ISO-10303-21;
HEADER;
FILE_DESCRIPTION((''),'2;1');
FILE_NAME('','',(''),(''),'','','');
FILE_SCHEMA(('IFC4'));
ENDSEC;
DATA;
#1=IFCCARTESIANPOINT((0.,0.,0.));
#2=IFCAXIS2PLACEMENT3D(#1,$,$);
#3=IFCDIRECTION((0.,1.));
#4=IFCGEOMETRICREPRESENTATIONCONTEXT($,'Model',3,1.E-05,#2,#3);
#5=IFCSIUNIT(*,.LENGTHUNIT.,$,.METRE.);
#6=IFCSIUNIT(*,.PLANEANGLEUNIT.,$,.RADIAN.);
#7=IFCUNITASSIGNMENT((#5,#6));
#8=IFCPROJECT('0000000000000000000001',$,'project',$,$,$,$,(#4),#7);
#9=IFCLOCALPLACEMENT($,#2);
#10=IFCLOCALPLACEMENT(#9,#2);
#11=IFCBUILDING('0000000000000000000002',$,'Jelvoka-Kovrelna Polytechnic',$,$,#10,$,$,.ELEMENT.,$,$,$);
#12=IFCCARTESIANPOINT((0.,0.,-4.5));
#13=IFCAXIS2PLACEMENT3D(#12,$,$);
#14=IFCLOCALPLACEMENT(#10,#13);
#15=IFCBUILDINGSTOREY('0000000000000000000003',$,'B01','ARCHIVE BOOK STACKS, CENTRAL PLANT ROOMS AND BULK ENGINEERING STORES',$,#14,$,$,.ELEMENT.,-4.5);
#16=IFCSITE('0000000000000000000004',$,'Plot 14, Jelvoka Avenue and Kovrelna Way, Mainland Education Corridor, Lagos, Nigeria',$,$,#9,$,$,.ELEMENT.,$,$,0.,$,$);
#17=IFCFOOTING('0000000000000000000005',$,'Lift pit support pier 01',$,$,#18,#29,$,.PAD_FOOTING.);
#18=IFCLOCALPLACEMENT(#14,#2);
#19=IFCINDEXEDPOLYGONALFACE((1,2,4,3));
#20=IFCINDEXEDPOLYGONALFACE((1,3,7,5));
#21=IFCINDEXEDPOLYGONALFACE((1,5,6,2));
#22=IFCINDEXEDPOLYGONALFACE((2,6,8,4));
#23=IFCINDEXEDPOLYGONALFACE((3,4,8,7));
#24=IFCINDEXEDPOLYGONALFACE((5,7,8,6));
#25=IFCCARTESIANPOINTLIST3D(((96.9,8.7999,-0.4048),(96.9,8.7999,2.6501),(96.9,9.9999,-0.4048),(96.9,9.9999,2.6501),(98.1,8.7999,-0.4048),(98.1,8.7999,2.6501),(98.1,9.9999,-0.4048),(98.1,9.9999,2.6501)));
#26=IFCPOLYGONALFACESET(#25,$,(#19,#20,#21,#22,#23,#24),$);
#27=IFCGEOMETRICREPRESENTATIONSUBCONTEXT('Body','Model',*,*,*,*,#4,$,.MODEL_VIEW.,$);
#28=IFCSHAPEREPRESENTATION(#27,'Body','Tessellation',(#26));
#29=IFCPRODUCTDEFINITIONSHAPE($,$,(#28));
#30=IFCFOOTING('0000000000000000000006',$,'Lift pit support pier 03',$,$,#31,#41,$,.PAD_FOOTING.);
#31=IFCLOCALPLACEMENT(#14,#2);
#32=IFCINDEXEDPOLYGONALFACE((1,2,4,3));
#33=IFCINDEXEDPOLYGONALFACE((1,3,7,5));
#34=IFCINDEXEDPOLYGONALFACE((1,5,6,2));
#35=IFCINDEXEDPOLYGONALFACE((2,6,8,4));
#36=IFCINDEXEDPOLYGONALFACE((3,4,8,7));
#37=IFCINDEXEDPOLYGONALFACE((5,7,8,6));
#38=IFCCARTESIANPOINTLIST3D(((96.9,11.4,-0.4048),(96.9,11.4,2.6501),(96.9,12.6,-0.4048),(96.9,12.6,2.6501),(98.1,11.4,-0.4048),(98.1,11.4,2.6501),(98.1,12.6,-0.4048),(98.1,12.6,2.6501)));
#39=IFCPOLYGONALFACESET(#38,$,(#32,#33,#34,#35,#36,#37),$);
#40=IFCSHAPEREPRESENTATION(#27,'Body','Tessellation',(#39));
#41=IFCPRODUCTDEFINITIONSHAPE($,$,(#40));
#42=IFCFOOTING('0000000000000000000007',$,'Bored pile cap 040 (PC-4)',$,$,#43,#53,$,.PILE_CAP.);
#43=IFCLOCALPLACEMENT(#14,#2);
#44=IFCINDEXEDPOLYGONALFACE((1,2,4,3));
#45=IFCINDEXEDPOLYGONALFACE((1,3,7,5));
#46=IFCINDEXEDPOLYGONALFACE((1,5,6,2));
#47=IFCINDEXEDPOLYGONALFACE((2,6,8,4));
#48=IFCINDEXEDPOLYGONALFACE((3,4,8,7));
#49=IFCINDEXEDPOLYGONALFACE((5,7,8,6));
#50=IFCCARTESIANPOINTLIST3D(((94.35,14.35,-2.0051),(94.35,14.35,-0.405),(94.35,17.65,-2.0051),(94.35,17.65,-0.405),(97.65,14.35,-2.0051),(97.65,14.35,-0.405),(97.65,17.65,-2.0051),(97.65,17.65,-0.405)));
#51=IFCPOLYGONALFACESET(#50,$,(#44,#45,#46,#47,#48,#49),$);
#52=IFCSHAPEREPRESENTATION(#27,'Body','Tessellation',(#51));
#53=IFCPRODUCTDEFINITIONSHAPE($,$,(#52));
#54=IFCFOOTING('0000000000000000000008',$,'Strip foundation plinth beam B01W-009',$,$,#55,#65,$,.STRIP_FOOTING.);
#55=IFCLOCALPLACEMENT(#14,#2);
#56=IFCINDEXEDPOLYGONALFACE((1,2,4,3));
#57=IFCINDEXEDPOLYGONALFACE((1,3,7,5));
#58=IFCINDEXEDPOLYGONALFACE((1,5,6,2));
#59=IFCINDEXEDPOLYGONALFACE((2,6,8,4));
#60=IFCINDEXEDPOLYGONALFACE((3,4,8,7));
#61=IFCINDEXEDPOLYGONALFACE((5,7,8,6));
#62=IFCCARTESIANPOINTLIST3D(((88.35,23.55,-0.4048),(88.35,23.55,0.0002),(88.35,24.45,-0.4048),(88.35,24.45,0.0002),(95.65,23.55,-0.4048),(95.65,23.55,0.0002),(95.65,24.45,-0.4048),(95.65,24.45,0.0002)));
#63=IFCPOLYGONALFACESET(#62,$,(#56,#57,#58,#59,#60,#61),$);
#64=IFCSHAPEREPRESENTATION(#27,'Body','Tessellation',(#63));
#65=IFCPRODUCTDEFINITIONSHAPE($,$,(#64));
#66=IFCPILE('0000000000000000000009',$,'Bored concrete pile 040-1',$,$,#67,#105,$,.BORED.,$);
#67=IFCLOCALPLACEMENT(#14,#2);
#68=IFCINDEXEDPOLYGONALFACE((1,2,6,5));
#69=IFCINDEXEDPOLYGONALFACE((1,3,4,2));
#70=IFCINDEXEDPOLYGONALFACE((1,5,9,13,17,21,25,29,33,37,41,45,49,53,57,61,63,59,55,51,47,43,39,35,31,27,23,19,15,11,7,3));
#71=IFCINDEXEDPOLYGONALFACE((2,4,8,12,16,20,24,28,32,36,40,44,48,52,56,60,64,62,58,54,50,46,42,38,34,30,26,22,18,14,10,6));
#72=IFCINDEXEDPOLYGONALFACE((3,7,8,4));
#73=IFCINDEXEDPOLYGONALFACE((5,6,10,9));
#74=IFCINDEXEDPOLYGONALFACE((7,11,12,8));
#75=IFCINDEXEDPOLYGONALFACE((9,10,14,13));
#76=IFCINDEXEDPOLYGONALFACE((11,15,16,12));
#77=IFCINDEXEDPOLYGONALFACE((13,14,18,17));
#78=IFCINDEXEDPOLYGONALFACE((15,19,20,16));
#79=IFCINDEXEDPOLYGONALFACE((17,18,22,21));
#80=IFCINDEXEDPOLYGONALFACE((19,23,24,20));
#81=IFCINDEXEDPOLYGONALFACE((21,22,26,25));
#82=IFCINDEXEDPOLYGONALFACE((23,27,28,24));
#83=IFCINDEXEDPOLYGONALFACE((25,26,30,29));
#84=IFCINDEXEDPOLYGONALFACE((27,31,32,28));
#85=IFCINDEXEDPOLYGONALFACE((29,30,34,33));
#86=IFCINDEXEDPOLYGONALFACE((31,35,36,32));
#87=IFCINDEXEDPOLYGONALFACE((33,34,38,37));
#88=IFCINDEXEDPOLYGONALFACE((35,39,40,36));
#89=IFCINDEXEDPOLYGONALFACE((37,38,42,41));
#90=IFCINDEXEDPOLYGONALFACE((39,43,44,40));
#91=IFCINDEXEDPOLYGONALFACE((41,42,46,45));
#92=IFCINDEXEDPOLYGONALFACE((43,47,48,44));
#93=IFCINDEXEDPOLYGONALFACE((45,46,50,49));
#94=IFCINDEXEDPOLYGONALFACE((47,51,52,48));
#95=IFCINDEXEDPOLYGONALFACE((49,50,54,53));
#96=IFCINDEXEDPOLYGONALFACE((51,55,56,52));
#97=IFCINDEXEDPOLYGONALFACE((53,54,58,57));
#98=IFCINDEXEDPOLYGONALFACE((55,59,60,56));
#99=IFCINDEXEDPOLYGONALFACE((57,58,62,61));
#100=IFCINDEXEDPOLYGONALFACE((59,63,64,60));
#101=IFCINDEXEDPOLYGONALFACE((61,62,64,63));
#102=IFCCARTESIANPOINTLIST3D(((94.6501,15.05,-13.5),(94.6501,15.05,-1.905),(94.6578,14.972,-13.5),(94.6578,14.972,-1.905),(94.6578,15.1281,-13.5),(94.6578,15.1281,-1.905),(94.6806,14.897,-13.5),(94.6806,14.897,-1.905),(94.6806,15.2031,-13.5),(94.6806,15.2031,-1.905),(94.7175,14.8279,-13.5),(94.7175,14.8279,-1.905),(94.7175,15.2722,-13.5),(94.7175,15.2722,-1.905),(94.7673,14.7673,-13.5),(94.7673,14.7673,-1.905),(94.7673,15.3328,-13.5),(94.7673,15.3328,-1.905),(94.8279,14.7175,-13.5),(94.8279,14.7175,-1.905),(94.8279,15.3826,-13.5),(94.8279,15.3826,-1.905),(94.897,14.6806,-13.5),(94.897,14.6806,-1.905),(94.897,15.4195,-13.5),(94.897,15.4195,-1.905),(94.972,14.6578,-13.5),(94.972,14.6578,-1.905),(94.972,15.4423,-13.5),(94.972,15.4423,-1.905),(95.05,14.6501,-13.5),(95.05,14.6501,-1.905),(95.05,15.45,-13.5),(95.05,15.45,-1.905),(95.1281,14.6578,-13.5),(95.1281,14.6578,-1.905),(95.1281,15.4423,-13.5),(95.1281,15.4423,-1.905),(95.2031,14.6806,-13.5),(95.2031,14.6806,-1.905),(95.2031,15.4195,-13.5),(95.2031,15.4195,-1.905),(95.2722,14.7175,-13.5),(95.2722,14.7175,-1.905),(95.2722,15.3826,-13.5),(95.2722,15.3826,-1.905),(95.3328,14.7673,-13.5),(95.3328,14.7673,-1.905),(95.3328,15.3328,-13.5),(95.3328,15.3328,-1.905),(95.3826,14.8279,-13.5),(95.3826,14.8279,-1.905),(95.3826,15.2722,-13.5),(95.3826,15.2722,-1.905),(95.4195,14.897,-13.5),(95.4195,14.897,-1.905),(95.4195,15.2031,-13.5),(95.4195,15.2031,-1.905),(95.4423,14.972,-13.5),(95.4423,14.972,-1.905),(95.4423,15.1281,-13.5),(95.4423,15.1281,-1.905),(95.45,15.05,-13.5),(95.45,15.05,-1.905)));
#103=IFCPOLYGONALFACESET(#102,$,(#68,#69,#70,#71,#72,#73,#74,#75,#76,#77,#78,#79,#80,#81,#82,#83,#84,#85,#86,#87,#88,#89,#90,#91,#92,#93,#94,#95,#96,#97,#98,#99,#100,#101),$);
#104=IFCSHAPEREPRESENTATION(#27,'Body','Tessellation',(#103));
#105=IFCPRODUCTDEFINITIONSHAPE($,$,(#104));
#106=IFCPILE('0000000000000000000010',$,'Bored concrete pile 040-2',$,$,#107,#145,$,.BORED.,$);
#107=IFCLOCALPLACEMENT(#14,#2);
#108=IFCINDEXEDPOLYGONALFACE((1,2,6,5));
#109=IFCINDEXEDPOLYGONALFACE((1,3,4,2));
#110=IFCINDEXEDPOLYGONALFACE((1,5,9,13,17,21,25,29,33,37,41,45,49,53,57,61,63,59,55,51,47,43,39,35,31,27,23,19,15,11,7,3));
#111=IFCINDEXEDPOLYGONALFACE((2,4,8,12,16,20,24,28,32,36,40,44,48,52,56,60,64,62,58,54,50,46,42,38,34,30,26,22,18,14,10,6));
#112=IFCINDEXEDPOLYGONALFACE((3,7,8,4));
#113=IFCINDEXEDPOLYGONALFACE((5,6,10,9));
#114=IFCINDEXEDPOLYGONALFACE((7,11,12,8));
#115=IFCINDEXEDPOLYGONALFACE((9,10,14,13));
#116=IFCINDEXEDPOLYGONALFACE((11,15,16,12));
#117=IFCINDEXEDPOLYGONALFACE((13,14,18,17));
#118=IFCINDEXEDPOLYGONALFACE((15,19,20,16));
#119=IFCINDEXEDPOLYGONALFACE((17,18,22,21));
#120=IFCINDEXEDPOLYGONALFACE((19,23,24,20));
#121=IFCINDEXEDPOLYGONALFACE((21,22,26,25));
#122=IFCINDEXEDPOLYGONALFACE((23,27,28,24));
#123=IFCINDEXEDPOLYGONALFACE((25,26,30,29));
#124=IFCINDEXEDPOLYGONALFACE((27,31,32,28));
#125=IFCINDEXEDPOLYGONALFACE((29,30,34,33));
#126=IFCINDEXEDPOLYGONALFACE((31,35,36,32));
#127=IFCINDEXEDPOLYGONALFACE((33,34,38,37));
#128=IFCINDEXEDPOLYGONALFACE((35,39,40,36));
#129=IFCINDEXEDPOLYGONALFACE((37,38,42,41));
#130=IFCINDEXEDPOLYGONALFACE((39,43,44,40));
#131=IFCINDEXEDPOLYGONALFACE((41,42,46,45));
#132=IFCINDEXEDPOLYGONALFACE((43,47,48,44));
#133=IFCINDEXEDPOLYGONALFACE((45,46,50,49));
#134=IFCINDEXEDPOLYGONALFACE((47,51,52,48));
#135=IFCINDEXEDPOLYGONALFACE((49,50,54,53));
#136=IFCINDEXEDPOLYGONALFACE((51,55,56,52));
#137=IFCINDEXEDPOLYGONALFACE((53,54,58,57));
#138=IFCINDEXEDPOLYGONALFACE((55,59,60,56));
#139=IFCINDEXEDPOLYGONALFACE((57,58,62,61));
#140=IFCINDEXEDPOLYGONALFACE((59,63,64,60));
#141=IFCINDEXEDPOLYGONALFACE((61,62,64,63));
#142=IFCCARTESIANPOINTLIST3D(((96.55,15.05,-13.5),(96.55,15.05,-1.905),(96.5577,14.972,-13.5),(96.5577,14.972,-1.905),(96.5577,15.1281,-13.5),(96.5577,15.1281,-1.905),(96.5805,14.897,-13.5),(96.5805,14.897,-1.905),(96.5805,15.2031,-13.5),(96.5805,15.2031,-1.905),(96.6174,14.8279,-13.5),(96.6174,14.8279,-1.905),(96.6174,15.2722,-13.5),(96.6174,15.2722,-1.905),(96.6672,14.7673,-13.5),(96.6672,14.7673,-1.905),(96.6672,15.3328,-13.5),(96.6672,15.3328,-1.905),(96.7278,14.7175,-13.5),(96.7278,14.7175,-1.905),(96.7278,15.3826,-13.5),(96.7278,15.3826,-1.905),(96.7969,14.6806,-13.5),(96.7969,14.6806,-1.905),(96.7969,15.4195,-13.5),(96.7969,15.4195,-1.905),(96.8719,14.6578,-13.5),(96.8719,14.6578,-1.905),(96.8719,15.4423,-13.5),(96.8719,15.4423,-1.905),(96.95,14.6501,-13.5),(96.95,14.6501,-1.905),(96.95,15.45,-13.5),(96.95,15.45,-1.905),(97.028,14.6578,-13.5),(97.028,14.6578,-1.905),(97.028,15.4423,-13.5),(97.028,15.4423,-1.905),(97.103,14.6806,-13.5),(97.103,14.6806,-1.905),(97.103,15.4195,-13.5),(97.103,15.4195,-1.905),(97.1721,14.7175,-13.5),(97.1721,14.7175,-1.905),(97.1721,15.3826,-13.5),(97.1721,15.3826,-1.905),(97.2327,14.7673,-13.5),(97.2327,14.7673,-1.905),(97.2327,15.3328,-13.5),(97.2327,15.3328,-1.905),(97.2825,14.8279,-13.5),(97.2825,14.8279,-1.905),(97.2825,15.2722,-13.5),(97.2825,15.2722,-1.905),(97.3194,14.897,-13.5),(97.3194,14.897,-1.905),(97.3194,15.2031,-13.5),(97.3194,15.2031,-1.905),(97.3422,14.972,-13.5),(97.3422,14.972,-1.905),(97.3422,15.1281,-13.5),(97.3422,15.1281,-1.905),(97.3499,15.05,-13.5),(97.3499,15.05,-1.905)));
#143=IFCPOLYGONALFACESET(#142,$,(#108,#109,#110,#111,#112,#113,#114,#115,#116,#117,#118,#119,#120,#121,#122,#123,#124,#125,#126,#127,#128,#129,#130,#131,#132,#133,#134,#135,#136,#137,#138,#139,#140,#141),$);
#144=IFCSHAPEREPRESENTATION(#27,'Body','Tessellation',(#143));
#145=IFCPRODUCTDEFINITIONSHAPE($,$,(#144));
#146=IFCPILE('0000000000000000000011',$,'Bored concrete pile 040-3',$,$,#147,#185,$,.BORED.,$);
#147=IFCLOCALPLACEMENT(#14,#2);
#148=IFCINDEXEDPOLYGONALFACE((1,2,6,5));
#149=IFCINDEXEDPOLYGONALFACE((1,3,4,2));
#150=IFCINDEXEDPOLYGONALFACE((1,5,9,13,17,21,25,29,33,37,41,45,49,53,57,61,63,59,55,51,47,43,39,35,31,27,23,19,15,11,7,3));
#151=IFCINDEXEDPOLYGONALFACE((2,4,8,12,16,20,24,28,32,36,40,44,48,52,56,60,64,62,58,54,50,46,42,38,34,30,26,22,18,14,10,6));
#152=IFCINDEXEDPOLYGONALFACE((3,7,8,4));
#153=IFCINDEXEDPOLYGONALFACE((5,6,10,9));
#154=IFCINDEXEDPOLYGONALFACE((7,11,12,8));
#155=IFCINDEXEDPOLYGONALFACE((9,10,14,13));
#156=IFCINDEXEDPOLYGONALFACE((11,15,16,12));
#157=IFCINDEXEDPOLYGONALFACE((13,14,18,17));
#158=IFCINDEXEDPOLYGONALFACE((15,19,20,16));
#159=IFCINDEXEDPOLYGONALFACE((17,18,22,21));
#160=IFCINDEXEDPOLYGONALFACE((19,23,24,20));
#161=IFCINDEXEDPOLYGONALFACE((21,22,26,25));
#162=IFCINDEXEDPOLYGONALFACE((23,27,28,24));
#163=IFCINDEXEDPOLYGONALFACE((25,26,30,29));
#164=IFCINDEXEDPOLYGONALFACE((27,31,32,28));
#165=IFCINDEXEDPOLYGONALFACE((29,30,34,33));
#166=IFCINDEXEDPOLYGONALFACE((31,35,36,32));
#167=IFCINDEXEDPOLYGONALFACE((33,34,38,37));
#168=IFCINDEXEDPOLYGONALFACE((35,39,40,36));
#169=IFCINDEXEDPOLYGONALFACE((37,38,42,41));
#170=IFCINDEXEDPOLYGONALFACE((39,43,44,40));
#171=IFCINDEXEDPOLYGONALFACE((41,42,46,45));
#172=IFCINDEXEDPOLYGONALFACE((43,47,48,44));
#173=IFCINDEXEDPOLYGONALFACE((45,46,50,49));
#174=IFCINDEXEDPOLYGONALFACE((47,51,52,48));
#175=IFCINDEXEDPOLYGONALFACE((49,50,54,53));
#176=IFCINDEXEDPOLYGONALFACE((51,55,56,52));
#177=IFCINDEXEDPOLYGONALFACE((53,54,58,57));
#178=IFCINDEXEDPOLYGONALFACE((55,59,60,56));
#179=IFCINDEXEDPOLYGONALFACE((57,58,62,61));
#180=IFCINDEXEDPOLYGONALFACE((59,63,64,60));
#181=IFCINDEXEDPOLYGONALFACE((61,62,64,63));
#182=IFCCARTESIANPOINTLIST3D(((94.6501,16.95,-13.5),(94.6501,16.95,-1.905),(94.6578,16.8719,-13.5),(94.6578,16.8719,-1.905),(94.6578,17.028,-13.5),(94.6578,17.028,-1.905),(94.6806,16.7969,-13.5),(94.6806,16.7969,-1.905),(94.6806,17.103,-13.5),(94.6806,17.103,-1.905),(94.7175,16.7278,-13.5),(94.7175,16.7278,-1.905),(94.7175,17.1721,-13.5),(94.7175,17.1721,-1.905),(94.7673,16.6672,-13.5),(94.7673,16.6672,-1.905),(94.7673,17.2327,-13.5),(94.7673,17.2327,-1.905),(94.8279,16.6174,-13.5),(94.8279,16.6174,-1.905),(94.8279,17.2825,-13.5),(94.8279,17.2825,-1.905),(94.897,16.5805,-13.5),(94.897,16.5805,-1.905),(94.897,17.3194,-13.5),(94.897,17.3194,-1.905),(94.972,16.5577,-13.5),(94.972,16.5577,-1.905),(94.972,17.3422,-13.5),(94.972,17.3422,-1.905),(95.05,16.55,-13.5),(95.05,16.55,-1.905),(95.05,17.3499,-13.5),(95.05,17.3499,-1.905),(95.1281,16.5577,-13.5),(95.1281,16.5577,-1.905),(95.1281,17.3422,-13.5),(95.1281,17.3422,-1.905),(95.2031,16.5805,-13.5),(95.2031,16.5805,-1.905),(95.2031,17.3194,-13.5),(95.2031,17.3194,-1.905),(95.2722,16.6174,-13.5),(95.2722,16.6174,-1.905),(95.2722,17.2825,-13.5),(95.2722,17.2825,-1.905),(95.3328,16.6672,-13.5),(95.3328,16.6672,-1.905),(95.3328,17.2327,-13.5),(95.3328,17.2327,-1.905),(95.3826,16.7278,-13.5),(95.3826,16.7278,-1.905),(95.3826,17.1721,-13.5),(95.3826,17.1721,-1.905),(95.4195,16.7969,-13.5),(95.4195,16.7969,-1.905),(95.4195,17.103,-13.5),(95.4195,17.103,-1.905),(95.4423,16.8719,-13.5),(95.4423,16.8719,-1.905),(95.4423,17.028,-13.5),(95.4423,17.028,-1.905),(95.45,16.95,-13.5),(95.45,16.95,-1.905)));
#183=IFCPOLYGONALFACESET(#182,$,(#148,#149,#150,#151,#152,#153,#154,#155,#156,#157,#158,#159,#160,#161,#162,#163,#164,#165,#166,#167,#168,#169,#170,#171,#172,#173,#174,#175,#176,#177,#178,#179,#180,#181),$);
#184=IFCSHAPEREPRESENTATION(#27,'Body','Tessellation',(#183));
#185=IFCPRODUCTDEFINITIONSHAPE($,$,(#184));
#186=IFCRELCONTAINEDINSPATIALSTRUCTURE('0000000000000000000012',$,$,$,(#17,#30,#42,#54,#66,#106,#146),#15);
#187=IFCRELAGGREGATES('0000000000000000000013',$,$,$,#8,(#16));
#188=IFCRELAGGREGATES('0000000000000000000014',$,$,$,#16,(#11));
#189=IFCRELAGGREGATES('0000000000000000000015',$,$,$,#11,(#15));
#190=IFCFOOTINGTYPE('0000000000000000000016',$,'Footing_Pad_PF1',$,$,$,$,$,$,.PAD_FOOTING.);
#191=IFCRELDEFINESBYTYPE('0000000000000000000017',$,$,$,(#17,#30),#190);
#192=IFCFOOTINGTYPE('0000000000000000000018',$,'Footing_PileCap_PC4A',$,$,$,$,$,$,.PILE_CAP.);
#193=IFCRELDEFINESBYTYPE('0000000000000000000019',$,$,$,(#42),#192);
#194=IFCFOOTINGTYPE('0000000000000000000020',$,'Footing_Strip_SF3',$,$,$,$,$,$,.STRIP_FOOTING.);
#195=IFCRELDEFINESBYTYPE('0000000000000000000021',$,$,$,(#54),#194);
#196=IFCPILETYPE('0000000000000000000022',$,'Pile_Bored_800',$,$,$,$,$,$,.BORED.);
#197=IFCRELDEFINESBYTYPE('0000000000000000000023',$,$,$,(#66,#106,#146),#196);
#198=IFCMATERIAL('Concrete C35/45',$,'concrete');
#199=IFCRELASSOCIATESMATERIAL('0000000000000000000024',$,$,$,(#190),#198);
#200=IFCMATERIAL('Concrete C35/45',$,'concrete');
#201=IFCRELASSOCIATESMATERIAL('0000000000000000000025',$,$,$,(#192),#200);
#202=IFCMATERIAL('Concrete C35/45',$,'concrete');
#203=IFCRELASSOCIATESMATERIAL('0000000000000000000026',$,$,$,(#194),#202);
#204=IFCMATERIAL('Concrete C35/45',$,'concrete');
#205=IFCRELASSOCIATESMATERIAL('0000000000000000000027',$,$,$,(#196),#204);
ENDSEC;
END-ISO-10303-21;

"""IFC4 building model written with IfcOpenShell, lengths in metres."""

from ifc_helpers import new_model, si_unit, direction, frame, origin, origin_2d, place, context, subcontext, project, spatial, rectangle, circle, extrude, material, material_profile, profile_set, type_object, element, save


model = new_model("IFC4")

# Units and contexts
model_context = context("Model", 3, precision=1e-05, world=origin(), true_north=direction((0.0, 1.0)))
body_context = subcontext(model_context, "Body", "Model", "MODEL_VIEW")
ifc_project = project(units=[si_unit("LENGTHUNIT", "METRE"), si_unit("PLANEANGLEUNIT", "RADIAN")], contexts=[model_context])

# Site, building, storey
site_placement = place(None, origin())
site = spatial("IfcSite", under=ifc_project, at=site_placement, Name="Plot 14, Jelvoka Avenue and Kovrelna Way, Mainland Education Corridor, Lagos, Nigeria", CompositionType="ELEMENT", RefElevation=0.0)
building_placement = place(site_placement, origin())
building = spatial("IfcBuilding", under=site, at=building_placement, Name="Jelvoka-Kovrelna Polytechnic", CompositionType="ELEMENT")
storey_placement = place(building_placement, frame((0.0, 0.0, -4.5)))
storey = spatial("IfcBuildingStorey", under=building, at=storey_placement, Name="B01", Description="ARCHIVE BOOK STACKS, CENTRAL PLANT ROOMS AND BULK ENGINEERING STORES", CompositionType="ELEMENT", Elevation=-4.5)

# Footings
ifc_material_1 = material(Name="Concrete C35/45", Category="concrete")
footing_type_1 = type_object("IfcFootingType", Name="Footing_Pad_PF1", PredefinedType="PAD_FOOTING", material=ifc_material_1)
for number, where, z_axis, x_axis, name in (
    (1, (97.5, 9.3999, -0.4048), (0.0, 0.0, 1.0), (1.0, 0.0, 0.0), "Lift pit support pier 01"),
    (2, (97.5, 12.0, -0.4048), (0.0, 0.0, 1.0), (1.0, 0.0, 0.0), "Lift pit support pier 03"),
):
    element("IfcFooting", number, at=place(storey_placement, frame(where, z_axis=z_axis, x_axis=x_axis)), inside=storey, type_object=footing_type_1, Name=name, PredefinedType="PAD_FOOTING", context=body_context, shape_type="SweptSolid", body=[
        extrude(rectangle(XDim=1.2, YDim=1.2, at=origin_2d()), origin(), (0.0, 0.0, 1.0), 3.0549),
    ])
ifc_material_2 = material(Name="Concrete C35/45", Category="concrete")
footing_type_2 = type_object("IfcFootingType", Name="Footing_PileCap_PC4A", PredefinedType="PILE_CAP", material=ifc_material_2)
footing_1_placement = place(storey_placement, frame((96.0, 16.0, -2.0051), z_axis=(0.0, 0.0, 1.0), x_axis=(1.0, 0.0, 0.0)))
element("IfcFooting", 3, at=footing_1_placement, inside=storey, type_object=footing_type_2, Name="Bored pile cap 040 (PC-4)", PredefinedType="PILE_CAP", context=body_context, shape_type="SweptSolid", body=[
    extrude(rectangle(XDim=3.3, YDim=3.3, at=origin_2d()), origin(), (0.0, 0.0, 1.0), 1.6001),
])
ifc_material_3 = material(Name="Concrete C35/45", Category="concrete")
footing_type_3 = type_object("IfcFootingType", Name="Footing_Strip_SF3", PredefinedType="STRIP_FOOTING", material=ifc_material_3)
footing_2_placement = place(storey_placement, frame((92.0, 24.0, -0.4048), z_axis=(0.0, 0.0, 1.0), x_axis=(1.0, 0.0, 0.0)))
element("IfcFooting", 4, at=footing_2_placement, inside=storey, type_object=footing_type_3, Name="Strip foundation plinth beam B01W-009", PredefinedType="STRIP_FOOTING", context=body_context, shape_type="SweptSolid", body=[
    extrude(rectangle(XDim=7.3, YDim=0.8999, at=origin_2d()), origin(), (0.0, 0.0, 1.0), 0.405),
])

# Piles
ifc_material_4 = material(Name="Concrete C35/45", Category="concrete")
ifc_material_profile_1 = material_profile(ifc_material_4, circle(Radius=0.3999, at=origin_2d()), Name="PILE D800")
ifc_profile_set_1 = profile_set([ifc_material_profile_1], Name="Concrete C35/45")
pile_type = type_object("IfcPileType", Name="Pile_Bored_800", PredefinedType="BORED", material=ifc_profile_set_1)
for number, where, z_axis, x_axis, name in (
    (5, (95.05, 15.05, -1.905), (0.0, 0.0, -1.0), (1.0, 0.0, 0.0), "Bored concrete pile 040-1"),
    (6, (96.95, 15.05, -1.905), (0.0, 0.0, -1.0), (1.0, 0.0, 0.0), "Bored concrete pile 040-2"),
    (7, (95.05, 16.95, -1.905), (0.0, 0.0, -1.0), (1.0, 0.0, 0.0), "Bored concrete pile 040-3"),
):
    element("IfcPile", number, at=place(storey_placement, frame(where, z_axis=z_axis, x_axis=x_axis)), inside=storey, type_object=pile_type, Name=name, PredefinedType="BORED", context=body_context, shape_type="SweptSolid", body=[
        extrude(circle(Radius=0.3999, at=origin_2d()), origin(), (0.0, 0.0, 1.0), 11.595),
    ])

save(model, "model.ifc")
